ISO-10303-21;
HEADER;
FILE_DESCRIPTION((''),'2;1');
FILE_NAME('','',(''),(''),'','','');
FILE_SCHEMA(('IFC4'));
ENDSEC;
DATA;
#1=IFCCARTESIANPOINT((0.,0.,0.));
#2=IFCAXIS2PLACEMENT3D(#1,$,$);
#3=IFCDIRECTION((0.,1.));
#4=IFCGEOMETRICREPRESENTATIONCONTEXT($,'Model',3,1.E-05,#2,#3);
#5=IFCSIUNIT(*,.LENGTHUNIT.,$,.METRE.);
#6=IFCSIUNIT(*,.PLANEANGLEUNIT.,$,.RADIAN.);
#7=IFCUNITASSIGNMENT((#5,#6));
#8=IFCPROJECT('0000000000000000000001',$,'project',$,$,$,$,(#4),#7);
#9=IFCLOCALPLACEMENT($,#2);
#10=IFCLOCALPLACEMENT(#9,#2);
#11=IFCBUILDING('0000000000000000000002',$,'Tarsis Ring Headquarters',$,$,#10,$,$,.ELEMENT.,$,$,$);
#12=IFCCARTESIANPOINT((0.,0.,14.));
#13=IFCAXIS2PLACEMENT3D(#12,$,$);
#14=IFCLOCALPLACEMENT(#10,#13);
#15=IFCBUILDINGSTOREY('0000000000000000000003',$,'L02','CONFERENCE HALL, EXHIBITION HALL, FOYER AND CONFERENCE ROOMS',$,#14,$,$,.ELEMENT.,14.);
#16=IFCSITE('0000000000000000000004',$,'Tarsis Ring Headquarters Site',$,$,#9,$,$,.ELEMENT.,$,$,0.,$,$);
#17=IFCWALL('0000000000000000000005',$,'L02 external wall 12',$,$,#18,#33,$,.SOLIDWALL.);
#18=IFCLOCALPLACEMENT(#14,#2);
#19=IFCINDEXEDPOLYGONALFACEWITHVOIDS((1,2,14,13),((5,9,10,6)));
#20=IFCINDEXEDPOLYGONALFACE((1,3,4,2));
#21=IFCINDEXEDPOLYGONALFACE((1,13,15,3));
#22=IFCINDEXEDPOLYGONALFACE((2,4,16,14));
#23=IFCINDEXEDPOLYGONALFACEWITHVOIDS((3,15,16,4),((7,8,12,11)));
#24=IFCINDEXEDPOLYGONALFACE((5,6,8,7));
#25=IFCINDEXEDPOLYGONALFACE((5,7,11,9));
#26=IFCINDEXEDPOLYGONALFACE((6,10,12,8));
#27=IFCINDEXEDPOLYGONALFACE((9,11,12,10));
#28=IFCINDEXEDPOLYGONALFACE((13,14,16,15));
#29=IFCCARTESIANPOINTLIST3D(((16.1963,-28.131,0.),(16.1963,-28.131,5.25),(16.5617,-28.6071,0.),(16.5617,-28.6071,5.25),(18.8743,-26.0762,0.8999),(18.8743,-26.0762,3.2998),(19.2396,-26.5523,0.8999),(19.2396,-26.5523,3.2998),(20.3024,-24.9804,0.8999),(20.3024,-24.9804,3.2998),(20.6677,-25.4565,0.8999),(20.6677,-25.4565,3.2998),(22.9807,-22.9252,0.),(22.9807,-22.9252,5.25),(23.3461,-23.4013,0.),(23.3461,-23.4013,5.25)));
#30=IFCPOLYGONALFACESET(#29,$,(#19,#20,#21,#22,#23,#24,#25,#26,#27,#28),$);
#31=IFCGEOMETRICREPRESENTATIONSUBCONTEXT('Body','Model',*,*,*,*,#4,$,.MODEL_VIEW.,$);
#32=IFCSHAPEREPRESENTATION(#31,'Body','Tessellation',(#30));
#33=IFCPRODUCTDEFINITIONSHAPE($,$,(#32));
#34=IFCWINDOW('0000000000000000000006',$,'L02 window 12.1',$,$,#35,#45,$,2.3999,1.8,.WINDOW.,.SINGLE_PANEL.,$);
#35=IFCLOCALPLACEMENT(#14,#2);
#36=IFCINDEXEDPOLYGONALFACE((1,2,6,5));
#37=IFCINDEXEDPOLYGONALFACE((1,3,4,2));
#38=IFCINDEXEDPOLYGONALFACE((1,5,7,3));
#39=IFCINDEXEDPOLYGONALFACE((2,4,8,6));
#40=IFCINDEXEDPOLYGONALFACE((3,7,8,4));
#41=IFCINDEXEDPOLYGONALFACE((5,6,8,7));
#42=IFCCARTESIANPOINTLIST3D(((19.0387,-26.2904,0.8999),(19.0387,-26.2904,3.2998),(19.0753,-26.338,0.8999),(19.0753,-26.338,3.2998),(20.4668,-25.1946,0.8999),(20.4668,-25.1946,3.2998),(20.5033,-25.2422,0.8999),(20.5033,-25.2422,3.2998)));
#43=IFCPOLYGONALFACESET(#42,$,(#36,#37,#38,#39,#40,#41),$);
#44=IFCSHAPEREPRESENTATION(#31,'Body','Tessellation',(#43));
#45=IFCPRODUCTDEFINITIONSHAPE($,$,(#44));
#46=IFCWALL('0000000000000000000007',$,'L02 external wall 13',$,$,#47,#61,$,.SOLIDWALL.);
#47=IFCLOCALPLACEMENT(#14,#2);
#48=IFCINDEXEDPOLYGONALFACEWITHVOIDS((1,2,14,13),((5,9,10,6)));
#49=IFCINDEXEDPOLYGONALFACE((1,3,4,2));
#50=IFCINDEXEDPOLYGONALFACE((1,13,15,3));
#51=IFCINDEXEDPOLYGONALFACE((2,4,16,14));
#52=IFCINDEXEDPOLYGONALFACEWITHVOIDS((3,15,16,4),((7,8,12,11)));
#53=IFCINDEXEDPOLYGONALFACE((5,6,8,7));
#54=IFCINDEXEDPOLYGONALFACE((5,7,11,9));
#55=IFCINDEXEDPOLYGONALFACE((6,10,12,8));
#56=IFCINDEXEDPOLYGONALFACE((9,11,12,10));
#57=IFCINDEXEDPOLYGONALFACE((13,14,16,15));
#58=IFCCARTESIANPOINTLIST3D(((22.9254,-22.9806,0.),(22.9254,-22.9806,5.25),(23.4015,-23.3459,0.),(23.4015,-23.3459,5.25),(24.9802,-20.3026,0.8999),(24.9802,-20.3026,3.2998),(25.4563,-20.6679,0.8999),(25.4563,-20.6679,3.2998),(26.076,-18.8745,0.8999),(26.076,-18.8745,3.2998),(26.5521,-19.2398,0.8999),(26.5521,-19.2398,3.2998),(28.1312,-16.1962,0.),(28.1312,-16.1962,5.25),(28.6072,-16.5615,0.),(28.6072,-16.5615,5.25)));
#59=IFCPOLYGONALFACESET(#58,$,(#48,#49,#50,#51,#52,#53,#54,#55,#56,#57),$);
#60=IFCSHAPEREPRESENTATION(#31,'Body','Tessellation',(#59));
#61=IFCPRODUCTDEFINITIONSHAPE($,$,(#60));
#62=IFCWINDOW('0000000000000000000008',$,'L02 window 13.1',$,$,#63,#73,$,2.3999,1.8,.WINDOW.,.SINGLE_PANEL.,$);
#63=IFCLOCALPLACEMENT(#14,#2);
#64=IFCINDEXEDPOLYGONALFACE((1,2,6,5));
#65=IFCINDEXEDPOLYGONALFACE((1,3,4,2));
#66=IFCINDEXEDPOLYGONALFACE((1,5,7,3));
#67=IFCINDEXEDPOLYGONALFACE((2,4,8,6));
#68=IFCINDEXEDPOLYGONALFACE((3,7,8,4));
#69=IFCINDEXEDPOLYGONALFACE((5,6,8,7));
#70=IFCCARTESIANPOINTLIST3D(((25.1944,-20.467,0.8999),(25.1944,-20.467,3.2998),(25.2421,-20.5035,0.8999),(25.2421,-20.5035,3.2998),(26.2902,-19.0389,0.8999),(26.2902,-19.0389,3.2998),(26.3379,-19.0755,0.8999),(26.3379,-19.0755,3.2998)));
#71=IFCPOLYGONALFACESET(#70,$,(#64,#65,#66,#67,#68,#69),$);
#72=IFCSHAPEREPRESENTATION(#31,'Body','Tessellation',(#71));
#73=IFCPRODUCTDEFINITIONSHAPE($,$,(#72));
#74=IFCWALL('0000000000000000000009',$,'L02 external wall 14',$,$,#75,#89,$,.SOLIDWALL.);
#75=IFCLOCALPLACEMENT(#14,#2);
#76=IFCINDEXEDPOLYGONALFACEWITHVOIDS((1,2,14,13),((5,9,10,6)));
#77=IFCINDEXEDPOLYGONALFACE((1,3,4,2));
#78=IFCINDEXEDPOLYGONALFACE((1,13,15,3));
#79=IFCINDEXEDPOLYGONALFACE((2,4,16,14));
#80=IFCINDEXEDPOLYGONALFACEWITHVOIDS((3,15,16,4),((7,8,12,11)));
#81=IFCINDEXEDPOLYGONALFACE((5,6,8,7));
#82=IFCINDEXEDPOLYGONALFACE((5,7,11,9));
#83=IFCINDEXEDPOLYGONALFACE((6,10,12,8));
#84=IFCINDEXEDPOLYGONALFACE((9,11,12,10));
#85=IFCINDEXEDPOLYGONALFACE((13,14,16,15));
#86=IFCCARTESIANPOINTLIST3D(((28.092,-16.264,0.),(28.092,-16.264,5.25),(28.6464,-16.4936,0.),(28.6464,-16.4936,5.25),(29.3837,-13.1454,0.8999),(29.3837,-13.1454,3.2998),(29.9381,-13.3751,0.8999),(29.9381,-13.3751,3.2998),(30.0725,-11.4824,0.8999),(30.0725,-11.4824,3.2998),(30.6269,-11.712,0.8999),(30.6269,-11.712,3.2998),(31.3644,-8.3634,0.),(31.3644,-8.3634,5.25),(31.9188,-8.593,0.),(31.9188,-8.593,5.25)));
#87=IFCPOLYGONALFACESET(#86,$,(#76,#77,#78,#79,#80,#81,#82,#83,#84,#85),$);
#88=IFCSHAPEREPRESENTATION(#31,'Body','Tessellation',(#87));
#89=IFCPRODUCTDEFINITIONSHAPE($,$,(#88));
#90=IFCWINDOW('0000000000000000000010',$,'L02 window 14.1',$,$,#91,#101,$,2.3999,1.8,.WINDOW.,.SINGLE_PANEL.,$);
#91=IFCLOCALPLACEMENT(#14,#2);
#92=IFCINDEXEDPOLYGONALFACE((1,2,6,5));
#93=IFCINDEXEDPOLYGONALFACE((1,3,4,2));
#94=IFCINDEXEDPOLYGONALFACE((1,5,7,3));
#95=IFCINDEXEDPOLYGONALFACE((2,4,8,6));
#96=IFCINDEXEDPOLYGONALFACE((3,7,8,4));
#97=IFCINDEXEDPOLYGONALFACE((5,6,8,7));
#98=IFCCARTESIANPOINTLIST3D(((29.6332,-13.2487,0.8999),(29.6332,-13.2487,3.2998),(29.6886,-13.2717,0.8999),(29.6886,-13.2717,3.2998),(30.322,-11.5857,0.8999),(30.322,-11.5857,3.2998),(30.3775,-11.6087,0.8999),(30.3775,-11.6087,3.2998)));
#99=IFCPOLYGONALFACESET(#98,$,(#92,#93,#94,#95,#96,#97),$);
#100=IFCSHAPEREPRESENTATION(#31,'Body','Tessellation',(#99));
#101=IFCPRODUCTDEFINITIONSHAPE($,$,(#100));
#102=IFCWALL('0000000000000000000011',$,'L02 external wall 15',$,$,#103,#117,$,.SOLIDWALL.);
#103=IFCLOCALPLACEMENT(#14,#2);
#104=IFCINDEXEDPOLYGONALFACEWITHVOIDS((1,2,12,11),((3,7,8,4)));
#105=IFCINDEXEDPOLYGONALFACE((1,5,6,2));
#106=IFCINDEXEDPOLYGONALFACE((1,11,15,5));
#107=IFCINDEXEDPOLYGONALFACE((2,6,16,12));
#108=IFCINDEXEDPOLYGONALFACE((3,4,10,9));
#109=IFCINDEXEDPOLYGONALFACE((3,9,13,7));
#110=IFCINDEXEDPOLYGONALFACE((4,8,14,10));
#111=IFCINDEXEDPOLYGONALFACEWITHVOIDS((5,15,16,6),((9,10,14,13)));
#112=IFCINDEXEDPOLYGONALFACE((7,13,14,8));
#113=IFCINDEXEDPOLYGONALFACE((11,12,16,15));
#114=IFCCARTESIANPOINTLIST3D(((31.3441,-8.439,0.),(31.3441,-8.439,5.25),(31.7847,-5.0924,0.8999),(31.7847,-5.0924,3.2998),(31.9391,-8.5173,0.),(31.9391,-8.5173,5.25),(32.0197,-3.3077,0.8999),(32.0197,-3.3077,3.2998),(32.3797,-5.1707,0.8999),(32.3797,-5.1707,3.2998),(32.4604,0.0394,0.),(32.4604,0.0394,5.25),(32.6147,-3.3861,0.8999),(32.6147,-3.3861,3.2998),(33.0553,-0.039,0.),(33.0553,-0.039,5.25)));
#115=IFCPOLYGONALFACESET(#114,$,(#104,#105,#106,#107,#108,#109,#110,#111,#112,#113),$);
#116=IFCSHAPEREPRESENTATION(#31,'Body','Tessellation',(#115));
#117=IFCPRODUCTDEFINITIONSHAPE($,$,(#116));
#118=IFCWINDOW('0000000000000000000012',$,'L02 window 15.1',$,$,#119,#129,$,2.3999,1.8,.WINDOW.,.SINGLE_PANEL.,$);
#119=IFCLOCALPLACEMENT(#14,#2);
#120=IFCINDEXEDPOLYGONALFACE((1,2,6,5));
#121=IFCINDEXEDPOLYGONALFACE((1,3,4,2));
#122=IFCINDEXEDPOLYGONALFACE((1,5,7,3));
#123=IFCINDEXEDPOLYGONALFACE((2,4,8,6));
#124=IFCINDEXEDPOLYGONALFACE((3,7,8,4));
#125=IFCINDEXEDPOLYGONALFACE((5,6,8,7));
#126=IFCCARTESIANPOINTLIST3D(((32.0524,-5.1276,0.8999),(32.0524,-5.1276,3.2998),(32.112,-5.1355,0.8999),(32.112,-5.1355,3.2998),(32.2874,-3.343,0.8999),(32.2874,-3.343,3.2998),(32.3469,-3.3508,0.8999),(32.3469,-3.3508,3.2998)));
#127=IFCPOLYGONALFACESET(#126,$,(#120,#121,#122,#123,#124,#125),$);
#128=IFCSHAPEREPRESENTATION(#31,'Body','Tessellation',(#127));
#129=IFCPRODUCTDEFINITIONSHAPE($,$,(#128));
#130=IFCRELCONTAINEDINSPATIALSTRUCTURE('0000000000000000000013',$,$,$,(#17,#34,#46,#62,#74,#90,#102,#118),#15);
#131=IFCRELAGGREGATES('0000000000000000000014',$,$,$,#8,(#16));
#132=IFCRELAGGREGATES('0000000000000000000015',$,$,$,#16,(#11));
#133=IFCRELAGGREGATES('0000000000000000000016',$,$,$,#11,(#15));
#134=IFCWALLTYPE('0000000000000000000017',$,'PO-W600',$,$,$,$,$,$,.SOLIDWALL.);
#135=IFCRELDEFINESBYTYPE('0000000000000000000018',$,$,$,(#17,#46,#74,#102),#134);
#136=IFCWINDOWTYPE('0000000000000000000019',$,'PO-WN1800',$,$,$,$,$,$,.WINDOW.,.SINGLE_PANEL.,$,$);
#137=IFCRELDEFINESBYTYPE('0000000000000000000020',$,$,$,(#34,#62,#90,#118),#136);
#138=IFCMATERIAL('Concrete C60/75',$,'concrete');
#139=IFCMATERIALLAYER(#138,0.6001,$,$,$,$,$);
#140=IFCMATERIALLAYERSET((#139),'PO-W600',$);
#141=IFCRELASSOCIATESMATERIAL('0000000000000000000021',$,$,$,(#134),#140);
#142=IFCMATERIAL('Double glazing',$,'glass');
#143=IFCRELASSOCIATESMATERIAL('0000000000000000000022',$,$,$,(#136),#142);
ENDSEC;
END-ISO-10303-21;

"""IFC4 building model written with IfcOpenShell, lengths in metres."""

from ifc_helpers import new_model, si_unit, direction, frame, frame_2d, origin, place, context, subcontext, project, spatial, rectangle, extrude, material, layer, layer_set, type_object, element, fill, save


model = new_model("IFC4")

# Units and contexts
model_context = context("Model", 3, precision=1e-05, world=origin(), true_north=direction((0.0, 1.0)))
body_context = subcontext(model_context, "Body", "Model", "MODEL_VIEW")
ifc_project = project(units=[si_unit("LENGTHUNIT", "METRE"), si_unit("PLANEANGLEUNIT", "RADIAN")], contexts=[model_context])

# Site, building, storey
site_placement = place(None, origin())
site = spatial("IfcSite", under=ifc_project, at=site_placement, Name="Tarsis Ring Headquarters Site", CompositionType="ELEMENT", RefElevation=0.0)
building_placement = place(site_placement, origin())
building = spatial("IfcBuilding", under=site, at=building_placement, Name="Tarsis Ring Headquarters", CompositionType="ELEMENT")
storey_placement = place(building_placement, frame((0.0, 0.0, 14.0)))
storey = spatial("IfcBuildingStorey", under=building, at=storey_placement, Name="L02", Description="CONFERENCE HALL, EXHIBITION HALL, FOYER AND CONFERENCE ROOMS", CompositionType="ELEMENT", Elevation=14.0)

# Shared definitions
ifc_material_1 = material(Name="Concrete C60/75", Category="concrete")

# Walls, openings, windows
ifc_layer_1 = layer(ifc_material_1, 0.6001)
ifc_layer_set_1 = layer_set([ifc_layer_1], Name="PO-W600")
wall_type_1 = type_object("IfcWallType", Name="PO-W600", PredefinedType="SOLIDWALL", material=ifc_layer_set_1)
wall_1_placement = place(storey_placement, frame((16.3789, -28.3691, 0.0), z_axis=(0.0, 0.0, 1.0), x_axis=(0.793357, 0.608757, 0.0)))
wall_1 = element("IfcWall", 1, at=wall_1_placement, inside=storey, type_object=wall_type_1, Name="L02 external wall 12", PredefinedType="SOLIDWALL", context=body_context, shape_type="SweptSolid", body=[
    extrude(rectangle(XDim=8.5515, YDim=0.6001, at=frame_2d((4.2759, 0.0))), origin(), (0.0, 0.0, 1.0), 5.25),
])
opening_1_placement = place(wall_1_placement, frame((3.3757, 0.0, 0.8999)))
opening_1 = element("IfcOpeningElement", 2, at=opening_1_placement, cuts=wall_1, PredefinedType="OPENING", context=body_context, shape_type="SweptSolid", body=[
    extrude(rectangle(XDim=1.8, YDim=2.3999, at=frame_2d((0.8999, 1.2))), frame((0.0, 0.3101, 0.0), z_axis=(0.0, -1.0, 0.0), x_axis=(1.0, 0.0, 0.0)), (0.0, 0.0, 1.0), 0.6201),
])
ifc_material_2 = material(Name="Double glazing", Category="glass")
window_type = type_object("IfcWindowType", Name="PO-WN1800", PartitioningType="SINGLE_PANEL", PredefinedType="WINDOW", material=ifc_material_2)
window_1_placement = place(opening_1_placement, origin())
window_1 = element("IfcWindow", 3, at=window_1_placement, inside=storey, type_object=window_type, Name="L02 window 12.1", OverallHeight=2.3999, OverallWidth=1.8, PartitioningType="SINGLE_PANEL", PredefinedType="WINDOW", context=body_context, shape_type="SweptSolid", body=[
    extrude(rectangle(XDim=1.8, YDim=2.3999, at=frame_2d((0.8999, 1.2))), frame((0.0, 0.03, 0.0), z_axis=(0.0, -1.0, 0.0), x_axis=(1.0, 0.0, 0.0)), (0.0, 0.0, 1.0), 0.0601),
])
fill(opening_1, window_1)
wall_2_placement = place(storey_placement, frame((23.1633, -23.1633, 0.0), z_axis=(0.0, 0.0, 1.0), x_axis=(0.608757, 0.793357, 0.0)))
wall_2 = element("IfcWall", 4, at=wall_2_placement, inside=storey, type_object=wall_type_1, Name="L02 external wall 13", PredefinedType="SOLIDWALL", context=body_context, shape_type="SweptSolid", body=[
    extrude(rectangle(XDim=8.5515, YDim=0.6001, at=frame_2d((4.2759, 0.0))), origin(), (0.0, 0.0, 1.0), 5.25),
])
opening_2_placement = place(wall_2_placement, frame((3.3757, 0.0, 0.8999)))
opening_2 = element("IfcOpeningElement", 5, at=opening_2_placement, cuts=wall_2, PredefinedType="OPENING", context=body_context, shape_type="SweptSolid", body=[
    extrude(rectangle(XDim=1.8, YDim=2.3999, at=frame_2d((0.8999, 1.2))), frame((0.0, 0.3101, 0.0), z_axis=(0.0, -1.0, 0.0), x_axis=(1.0, 0.0, 0.0)), (0.0, 0.0, 1.0), 0.6201),
])
window_2_placement = place(opening_2_placement, origin())
window_2 = element("IfcWindow", 6, at=window_2_placement, inside=storey, type_object=window_type, Name="L02 window 13.1", OverallHeight=2.3999, OverallWidth=1.8, PartitioningType="SINGLE_PANEL", PredefinedType="WINDOW", context=body_context, shape_type="SweptSolid", body=[
    extrude(rectangle(XDim=1.8, YDim=2.3999, at=frame_2d((0.8999, 1.2))), frame((0.0, 0.03, 0.0), z_axis=(0.0, -1.0, 0.0), x_axis=(1.0, 0.0, 0.0)), (0.0, 0.0, 1.0), 0.0601),
])
fill(opening_2, window_2)
wall_3_placement = place(storey_placement, frame((28.3691, -16.3789, 0.0), z_axis=(0.0, 0.0, 1.0), x_axis=(0.382675, 0.923883, 0.0)))
wall_3 = element("IfcWall", 7, at=wall_3_placement, inside=storey, type_object=wall_type_1, Name="L02 external wall 14", PredefinedType="SOLIDWALL", context=body_context, shape_type="SweptSolid", body=[
    extrude(rectangle(XDim=8.5515, YDim=0.6001, at=frame_2d((4.2759, 0.0))), origin(), (0.0, 0.0, 1.0), 5.25),
])
opening_3_placement = place(wall_3_placement, frame((3.3757, 0.0, 0.8999)))
opening_3 = element("IfcOpeningElement", 8, at=opening_3_placement, cuts=wall_3, PredefinedType="OPENING", context=body_context, shape_type="SweptSolid", body=[
    extrude(rectangle(XDim=1.8, YDim=2.3999, at=frame_2d((0.8999, 1.2))), frame((0.0, 0.3101, 0.0), z_axis=(0.0, -1.0, 0.0), x_axis=(1.0, 0.0, 0.0)), (0.0, 0.0, 1.0), 0.6201),
])
window_3_placement = place(opening_3_placement, origin())
window_3 = element("IfcWindow", 9, at=window_3_placement, inside=storey, type_object=window_type, Name="L02 window 14.1", OverallHeight=2.3999, OverallWidth=1.8, PartitioningType="SINGLE_PANEL", PredefinedType="WINDOW", context=body_context, shape_type="SweptSolid", body=[
    extrude(rectangle(XDim=1.8, YDim=2.3999, at=frame_2d((0.8999, 1.2))), frame((0.0, 0.03, 0.0), z_axis=(0.0, -1.0, 0.0), x_axis=(1.0, 0.0, 0.0)), (0.0, 0.0, 1.0), 0.0601),
])
fill(opening_3, window_3)
wall_4_placement = place(storey_placement, frame((31.6416, -8.4783, 0.0), z_axis=(0.0, 0.0, 1.0), x_axis=(0.130529, 0.991444, 0.0)))
wall_4 = element("IfcWall", 10, at=wall_4_placement, inside=storey, type_object=wall_type_1, Name="L02 external wall 15", PredefinedType="SOLIDWALL", context=body_context, shape_type="SweptSolid", body=[
    extrude(rectangle(XDim=8.5515, YDim=0.6001, at=frame_2d((4.2759, 0.0))), origin(), (0.0, 0.0, 1.0), 5.25),
])
opening_4_placement = place(wall_4_placement, frame((3.3757, 0.0, 0.8999)))
opening_4 = element("IfcOpeningElement", 11, at=opening_4_placement, cuts=wall_4, PredefinedType="OPENING", context=body_context, shape_type="SweptSolid", body=[
    extrude(rectangle(XDim=1.8, YDim=2.3999, at=frame_2d((0.8999, 1.2))), frame((0.0, 0.3101, 0.0), z_axis=(0.0, -1.0, 0.0), x_axis=(1.0, 0.0, 0.0)), (0.0, 0.0, 1.0), 0.6201),
])
window_4_placement = place(opening_4_placement, origin())
window_4 = element("IfcWindow", 12, at=window_4_placement, inside=storey, type_object=window_type, Name="L02 window 15.1", OverallHeight=2.3999, OverallWidth=1.8, PartitioningType="SINGLE_PANEL", PredefinedType="WINDOW", context=body_context, shape_type="SweptSolid", body=[
    extrude(rectangle(XDim=1.8, YDim=2.3999, at=frame_2d((0.8999, 1.2))), frame((0.0, 0.03, 0.0), z_axis=(0.0, -1.0, 0.0), x_axis=(1.0, 0.0, 0.0)), (0.0, 0.0, 1.0), 0.0601),
])
fill(opening_4, window_4)

save(model, "model.ifc")
